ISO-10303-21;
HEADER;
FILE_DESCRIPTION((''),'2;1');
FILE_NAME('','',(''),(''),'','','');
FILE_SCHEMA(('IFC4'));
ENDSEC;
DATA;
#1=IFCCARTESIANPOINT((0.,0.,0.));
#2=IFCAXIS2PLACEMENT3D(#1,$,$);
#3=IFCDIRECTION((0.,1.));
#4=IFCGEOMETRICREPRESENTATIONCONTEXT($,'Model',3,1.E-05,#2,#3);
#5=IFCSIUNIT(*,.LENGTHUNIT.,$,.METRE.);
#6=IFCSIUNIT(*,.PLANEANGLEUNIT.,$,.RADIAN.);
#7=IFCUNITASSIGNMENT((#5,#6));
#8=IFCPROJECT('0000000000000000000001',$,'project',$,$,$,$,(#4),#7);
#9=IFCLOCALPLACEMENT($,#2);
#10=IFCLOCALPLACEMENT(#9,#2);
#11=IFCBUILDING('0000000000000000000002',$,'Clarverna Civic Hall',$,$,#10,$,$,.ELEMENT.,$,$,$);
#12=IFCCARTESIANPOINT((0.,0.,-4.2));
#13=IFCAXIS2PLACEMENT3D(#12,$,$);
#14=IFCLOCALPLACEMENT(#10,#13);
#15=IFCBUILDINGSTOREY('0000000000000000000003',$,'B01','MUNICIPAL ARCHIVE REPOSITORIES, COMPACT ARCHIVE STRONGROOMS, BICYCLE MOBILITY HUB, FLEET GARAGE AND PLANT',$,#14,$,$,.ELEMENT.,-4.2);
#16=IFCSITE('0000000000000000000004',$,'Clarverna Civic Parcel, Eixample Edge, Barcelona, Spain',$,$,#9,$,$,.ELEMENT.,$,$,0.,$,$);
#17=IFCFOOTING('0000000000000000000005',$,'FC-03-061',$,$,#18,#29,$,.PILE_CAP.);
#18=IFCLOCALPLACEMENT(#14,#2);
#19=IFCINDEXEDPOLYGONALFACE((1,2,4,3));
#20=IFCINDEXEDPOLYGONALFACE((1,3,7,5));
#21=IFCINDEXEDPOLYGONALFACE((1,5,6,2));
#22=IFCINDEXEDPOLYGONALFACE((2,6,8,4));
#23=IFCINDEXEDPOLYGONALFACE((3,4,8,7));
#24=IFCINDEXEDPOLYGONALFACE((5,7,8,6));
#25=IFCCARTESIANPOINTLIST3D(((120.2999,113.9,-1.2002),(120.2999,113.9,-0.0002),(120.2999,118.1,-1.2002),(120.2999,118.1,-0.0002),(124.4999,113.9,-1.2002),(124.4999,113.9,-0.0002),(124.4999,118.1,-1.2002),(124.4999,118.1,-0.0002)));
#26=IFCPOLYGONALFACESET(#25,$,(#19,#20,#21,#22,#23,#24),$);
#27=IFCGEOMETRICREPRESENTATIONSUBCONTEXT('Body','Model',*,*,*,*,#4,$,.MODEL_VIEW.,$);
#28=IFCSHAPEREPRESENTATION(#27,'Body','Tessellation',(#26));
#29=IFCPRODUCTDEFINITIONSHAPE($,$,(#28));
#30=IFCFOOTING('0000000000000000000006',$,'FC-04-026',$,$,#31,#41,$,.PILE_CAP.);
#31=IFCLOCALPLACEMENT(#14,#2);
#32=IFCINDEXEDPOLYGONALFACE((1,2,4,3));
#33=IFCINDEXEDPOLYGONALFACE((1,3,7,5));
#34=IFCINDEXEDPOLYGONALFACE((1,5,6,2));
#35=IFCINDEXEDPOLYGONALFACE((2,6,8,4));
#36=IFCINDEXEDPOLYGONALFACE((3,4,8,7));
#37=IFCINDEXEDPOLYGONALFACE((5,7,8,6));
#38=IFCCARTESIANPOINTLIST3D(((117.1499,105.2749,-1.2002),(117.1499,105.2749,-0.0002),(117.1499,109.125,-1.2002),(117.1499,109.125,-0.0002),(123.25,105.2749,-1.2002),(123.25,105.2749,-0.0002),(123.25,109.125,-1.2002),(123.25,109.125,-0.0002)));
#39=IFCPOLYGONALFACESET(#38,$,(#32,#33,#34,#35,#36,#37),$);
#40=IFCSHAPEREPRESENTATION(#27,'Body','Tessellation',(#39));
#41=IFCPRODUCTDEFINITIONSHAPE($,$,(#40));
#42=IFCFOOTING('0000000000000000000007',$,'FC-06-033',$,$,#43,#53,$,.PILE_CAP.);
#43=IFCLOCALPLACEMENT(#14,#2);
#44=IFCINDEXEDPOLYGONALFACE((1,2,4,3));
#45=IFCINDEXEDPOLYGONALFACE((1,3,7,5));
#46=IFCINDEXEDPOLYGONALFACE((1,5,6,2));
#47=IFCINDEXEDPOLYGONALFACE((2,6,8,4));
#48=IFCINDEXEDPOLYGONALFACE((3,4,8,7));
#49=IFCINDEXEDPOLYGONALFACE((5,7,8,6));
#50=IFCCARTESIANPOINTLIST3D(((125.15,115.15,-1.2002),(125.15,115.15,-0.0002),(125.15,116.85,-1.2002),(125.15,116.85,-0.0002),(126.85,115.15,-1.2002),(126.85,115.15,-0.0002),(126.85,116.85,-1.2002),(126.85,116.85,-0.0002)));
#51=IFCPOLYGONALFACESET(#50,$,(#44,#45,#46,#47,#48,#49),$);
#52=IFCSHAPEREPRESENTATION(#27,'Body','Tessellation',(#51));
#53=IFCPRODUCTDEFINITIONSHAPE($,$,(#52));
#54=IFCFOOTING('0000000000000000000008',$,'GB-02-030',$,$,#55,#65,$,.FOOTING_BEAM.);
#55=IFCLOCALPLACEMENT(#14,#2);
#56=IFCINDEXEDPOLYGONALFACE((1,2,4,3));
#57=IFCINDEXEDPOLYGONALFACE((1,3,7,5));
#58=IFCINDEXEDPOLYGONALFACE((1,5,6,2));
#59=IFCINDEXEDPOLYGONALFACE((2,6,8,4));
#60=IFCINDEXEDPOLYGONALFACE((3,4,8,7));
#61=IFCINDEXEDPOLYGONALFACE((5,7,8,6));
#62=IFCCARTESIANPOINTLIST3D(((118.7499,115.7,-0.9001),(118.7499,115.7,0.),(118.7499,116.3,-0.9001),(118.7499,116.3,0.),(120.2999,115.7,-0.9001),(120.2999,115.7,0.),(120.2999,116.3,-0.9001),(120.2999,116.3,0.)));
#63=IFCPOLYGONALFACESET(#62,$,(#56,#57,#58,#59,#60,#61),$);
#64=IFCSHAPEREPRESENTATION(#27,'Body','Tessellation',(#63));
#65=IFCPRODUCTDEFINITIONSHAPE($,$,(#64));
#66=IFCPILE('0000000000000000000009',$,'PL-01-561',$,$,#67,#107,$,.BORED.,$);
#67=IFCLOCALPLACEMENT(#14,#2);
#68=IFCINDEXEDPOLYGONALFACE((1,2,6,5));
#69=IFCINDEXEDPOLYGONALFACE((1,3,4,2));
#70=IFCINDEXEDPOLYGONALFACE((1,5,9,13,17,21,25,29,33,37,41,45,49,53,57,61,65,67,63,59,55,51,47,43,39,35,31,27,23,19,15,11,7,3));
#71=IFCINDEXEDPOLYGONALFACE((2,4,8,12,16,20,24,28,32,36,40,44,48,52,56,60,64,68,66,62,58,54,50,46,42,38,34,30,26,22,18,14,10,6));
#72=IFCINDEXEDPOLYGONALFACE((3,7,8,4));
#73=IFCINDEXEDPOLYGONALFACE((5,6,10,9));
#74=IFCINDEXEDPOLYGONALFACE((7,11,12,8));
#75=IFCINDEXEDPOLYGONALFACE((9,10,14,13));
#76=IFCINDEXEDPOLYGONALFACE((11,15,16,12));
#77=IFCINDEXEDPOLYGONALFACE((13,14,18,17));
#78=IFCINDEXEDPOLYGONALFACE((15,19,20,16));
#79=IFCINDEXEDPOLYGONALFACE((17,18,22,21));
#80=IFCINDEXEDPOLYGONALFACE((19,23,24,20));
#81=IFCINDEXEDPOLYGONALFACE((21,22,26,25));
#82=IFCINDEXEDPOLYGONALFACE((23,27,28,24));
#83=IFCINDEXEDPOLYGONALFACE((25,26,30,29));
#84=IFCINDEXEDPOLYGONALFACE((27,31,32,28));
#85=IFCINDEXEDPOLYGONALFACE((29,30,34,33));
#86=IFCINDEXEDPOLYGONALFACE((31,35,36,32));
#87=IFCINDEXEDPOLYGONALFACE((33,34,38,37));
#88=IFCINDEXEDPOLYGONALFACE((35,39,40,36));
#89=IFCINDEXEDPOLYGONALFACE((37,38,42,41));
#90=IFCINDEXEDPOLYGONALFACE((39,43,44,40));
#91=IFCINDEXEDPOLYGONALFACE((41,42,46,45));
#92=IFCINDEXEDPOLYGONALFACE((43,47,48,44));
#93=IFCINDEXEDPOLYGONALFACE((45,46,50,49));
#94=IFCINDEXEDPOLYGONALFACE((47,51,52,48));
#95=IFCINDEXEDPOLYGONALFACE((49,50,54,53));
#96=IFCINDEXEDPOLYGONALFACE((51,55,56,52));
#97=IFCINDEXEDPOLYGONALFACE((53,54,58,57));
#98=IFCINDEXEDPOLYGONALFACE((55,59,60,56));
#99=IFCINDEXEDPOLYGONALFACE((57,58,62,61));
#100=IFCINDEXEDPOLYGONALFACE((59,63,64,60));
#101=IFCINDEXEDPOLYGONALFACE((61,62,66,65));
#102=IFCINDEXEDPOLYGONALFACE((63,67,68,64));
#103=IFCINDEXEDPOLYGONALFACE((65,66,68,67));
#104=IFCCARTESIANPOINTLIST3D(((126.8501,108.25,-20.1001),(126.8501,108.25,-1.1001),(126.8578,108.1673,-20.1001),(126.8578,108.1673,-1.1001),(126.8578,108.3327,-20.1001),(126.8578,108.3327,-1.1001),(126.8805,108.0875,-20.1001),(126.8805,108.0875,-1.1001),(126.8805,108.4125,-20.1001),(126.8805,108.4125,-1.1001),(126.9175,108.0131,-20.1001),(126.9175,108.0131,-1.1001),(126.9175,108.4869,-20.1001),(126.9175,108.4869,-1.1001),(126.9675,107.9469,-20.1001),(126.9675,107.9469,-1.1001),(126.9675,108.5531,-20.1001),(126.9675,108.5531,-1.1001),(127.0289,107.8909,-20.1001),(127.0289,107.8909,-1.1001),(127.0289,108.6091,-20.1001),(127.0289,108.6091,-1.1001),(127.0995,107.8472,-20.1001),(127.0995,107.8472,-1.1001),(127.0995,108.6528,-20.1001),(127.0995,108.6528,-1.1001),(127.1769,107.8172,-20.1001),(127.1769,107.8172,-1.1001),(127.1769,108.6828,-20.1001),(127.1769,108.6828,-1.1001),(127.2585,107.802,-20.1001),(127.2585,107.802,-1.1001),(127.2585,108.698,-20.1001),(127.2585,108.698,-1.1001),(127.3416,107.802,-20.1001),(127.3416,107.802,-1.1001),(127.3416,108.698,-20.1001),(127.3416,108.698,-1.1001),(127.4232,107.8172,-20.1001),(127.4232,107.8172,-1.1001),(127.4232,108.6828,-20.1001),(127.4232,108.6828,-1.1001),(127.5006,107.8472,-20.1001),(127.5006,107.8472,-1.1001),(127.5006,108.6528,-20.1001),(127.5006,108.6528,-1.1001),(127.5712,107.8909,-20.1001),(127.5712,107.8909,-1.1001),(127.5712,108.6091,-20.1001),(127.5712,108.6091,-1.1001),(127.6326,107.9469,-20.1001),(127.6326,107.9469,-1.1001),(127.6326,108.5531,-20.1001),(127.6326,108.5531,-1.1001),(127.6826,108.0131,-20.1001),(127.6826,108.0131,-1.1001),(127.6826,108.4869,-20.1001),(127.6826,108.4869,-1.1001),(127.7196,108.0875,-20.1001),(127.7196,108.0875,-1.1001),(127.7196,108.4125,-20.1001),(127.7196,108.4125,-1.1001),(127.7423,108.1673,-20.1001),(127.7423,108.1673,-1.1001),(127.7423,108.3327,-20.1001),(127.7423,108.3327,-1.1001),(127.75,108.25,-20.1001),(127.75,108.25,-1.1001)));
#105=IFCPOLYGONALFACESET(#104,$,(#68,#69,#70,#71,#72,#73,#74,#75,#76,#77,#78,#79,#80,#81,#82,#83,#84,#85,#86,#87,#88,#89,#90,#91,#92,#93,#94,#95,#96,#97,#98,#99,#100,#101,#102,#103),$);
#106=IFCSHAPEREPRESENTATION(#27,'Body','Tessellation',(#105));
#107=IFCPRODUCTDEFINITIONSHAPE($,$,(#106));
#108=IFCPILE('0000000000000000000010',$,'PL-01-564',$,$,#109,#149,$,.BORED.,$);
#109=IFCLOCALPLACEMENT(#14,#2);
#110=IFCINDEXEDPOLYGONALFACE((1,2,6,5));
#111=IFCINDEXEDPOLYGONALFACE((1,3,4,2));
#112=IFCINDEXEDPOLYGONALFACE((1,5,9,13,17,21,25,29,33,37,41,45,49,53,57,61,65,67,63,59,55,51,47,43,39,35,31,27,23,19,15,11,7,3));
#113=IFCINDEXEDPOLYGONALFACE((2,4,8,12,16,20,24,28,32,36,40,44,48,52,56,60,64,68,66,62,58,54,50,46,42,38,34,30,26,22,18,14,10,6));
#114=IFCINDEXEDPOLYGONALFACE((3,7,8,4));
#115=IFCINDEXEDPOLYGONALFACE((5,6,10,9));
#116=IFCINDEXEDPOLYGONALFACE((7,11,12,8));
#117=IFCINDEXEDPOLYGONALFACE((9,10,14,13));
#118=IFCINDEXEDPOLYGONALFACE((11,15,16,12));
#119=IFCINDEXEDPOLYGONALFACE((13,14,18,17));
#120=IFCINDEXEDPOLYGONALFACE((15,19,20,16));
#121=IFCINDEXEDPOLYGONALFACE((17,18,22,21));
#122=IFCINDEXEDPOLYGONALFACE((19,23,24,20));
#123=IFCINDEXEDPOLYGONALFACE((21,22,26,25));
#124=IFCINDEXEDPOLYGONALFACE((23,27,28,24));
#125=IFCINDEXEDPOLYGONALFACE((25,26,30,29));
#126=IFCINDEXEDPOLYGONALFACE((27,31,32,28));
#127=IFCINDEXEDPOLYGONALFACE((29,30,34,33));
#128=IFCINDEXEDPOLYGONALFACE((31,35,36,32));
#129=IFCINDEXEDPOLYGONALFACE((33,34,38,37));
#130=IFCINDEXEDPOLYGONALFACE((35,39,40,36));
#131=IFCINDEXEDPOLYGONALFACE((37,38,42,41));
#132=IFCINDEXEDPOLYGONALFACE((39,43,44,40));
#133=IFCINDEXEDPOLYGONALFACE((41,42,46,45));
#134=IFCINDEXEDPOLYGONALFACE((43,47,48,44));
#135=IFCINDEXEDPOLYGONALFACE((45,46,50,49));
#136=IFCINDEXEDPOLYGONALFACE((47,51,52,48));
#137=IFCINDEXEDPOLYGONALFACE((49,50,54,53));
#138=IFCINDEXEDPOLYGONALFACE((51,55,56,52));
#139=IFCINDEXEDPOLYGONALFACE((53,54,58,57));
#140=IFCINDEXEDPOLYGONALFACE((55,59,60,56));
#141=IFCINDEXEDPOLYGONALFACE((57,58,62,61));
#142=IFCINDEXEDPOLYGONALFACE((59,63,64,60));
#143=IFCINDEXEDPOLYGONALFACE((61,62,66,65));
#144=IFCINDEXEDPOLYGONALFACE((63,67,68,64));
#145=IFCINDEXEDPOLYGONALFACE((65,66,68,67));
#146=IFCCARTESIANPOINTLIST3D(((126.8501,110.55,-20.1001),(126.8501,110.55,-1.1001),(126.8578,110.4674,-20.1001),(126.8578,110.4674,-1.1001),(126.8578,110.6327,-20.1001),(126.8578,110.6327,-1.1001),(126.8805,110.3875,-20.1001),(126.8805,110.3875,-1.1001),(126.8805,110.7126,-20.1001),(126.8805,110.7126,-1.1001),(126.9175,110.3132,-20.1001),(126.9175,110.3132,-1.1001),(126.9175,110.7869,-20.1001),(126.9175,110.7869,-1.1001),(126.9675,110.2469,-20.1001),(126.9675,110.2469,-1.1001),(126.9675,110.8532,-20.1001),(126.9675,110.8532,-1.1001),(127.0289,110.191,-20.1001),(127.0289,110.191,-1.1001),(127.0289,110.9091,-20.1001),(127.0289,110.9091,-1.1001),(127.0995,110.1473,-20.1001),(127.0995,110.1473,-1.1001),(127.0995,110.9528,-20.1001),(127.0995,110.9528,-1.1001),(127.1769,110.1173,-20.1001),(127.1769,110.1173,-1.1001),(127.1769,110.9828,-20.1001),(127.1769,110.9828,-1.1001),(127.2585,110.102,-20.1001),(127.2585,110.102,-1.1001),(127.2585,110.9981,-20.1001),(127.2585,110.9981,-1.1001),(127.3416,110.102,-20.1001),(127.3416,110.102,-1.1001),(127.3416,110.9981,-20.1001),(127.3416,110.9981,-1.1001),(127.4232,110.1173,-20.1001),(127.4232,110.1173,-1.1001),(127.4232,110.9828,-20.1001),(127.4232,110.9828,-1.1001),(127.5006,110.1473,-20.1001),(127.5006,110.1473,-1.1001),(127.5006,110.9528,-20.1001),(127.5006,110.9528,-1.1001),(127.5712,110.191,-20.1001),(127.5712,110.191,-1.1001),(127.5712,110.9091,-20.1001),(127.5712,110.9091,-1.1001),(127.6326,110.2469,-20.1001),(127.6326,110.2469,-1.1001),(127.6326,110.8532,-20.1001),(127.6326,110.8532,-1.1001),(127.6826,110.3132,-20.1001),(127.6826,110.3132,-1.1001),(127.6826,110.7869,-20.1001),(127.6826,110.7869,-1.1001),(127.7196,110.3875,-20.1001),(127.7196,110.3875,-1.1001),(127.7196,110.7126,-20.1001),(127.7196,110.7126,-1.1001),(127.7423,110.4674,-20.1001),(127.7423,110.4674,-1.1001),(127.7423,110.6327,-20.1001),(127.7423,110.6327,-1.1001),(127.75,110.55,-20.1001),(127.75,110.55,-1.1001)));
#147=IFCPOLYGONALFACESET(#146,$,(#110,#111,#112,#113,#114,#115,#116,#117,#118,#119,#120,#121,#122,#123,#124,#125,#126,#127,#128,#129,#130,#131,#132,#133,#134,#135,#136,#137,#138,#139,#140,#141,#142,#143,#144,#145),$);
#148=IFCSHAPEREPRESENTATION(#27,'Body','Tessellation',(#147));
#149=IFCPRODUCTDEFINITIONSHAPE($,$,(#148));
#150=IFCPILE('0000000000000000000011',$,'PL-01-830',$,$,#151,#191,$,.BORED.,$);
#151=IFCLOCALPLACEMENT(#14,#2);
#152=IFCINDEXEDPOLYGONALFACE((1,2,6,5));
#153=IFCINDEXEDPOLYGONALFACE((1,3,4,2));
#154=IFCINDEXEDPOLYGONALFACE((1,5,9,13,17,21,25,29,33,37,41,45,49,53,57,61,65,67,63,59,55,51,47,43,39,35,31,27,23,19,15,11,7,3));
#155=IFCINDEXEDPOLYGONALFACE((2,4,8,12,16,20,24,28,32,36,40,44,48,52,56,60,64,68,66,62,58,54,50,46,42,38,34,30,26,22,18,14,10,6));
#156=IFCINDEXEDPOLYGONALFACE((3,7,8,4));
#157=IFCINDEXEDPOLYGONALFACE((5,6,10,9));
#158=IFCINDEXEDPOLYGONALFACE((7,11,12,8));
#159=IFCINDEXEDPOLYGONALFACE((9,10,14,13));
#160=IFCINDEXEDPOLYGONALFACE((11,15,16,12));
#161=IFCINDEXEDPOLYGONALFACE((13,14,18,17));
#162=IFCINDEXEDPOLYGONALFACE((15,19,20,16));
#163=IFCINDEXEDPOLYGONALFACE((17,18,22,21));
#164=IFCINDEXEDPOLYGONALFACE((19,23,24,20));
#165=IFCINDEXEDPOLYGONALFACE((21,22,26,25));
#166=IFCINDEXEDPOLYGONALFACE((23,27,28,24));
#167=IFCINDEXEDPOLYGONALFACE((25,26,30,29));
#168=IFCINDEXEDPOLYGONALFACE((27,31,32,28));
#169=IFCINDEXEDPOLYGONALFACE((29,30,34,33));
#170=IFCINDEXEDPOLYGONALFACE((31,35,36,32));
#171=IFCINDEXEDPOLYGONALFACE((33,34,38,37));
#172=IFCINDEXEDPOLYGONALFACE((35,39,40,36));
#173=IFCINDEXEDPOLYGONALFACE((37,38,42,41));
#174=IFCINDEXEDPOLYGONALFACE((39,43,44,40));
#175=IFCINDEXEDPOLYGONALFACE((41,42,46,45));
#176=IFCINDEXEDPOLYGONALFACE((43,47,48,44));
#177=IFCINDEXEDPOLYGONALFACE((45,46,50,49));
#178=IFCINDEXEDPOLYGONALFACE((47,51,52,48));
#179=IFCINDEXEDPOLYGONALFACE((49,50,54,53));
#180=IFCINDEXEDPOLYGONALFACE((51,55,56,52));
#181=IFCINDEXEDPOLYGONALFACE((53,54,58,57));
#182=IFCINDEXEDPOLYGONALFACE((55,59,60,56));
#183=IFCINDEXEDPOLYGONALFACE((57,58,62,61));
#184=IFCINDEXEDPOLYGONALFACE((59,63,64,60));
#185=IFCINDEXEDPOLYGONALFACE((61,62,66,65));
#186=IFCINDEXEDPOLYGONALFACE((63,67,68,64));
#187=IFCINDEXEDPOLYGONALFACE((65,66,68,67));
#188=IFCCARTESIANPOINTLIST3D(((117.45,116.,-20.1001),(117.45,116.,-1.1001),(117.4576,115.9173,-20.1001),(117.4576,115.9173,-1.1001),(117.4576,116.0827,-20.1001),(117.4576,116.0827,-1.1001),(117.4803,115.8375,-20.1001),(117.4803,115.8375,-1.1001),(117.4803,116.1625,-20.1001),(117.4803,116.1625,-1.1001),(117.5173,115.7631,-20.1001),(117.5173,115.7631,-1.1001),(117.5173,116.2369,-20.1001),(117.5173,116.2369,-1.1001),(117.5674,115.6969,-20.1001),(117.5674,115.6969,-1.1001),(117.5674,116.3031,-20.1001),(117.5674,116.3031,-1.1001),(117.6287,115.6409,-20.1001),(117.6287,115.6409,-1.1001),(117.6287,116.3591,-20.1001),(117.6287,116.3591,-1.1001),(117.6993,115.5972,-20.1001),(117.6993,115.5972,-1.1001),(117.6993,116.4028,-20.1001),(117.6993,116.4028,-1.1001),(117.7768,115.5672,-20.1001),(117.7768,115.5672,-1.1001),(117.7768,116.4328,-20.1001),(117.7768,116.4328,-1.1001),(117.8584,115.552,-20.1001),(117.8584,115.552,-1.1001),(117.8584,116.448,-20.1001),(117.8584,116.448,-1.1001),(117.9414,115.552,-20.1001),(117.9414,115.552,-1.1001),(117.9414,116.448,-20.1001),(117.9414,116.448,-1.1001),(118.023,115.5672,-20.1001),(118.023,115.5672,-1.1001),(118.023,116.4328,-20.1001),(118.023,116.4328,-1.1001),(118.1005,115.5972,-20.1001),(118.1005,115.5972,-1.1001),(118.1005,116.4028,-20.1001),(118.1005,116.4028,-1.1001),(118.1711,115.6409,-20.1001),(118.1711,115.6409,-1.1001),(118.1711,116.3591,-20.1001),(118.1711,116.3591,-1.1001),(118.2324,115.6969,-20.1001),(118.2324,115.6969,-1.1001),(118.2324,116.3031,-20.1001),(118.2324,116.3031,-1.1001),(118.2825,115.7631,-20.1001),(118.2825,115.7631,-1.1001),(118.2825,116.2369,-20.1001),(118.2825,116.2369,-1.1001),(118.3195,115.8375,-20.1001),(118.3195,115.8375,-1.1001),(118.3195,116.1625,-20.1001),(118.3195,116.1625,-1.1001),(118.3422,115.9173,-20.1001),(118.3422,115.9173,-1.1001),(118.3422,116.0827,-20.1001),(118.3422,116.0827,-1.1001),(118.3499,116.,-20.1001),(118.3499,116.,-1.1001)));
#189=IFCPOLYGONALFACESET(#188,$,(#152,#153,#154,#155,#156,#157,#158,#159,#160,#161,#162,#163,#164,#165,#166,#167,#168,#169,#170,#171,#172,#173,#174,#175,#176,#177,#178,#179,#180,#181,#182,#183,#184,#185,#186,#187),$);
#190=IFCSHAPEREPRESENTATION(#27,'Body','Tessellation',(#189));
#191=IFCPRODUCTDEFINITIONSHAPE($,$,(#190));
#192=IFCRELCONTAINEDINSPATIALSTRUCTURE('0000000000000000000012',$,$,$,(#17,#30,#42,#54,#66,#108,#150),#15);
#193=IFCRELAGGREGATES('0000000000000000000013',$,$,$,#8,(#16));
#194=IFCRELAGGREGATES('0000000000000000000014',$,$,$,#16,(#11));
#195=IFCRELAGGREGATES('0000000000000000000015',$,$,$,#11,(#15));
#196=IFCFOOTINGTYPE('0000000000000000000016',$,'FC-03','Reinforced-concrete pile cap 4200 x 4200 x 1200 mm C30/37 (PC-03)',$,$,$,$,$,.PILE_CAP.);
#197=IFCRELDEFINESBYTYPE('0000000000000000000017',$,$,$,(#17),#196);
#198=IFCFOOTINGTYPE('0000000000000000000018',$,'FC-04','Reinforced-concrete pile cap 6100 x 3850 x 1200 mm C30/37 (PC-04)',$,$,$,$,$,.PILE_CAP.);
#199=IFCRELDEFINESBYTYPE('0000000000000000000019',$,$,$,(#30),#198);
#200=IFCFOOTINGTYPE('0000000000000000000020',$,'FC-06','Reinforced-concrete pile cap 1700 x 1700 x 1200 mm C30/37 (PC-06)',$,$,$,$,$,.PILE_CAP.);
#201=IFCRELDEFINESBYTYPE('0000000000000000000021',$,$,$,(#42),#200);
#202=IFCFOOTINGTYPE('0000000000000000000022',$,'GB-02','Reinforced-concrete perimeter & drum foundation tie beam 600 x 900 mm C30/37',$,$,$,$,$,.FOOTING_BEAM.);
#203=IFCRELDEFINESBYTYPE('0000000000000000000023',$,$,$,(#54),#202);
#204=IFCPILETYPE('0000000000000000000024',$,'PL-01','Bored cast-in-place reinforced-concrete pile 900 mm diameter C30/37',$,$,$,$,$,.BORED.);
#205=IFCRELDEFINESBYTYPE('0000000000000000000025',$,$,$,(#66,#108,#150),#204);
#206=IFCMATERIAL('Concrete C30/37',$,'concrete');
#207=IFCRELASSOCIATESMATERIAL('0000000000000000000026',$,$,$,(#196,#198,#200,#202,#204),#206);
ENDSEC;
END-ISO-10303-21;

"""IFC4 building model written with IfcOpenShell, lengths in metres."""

from ifc_helpers import new_model, si_unit, direction, frame, frame_2d, origin, origin_2d, place, context, subcontext, project, spatial, rectangle, circle, extrude, material, material_profile, profile_set, type_object, element, save


model = new_model("IFC4")

# Units and contexts
model_context = context("Model", 3, precision=1e-05, world=origin(), true_north=direction((0.0, 1.0)))
body_context = subcontext(model_context, "Body", "Model", "MODEL_VIEW")
ifc_project = project(units=[si_unit("LENGTHUNIT", "METRE"), si_unit("PLANEANGLEUNIT", "RADIAN")], contexts=[model_context])

# Site, building, storey
site_placement = place(None, origin())
site = spatial("IfcSite", under=ifc_project, at=site_placement, Name="Clarverna Civic Parcel, Eixample Edge, Barcelona, Spain", CompositionType="ELEMENT", RefElevation=0.0)
building_placement = place(site_placement, origin())
building = spatial("IfcBuilding", under=site, at=building_placement, Name="Clarverna Civic Hall", CompositionType="ELEMENT")
storey_placement = place(building_placement, frame((0.0, 0.0, -4.2)))
storey = spatial("IfcBuildingStorey", under=building, at=storey_placement, Name="B01", Description="MUNICIPAL ARCHIVE REPOSITORIES, COMPACT ARCHIVE STRONGROOMS, BICYCLE MOBILITY HUB, FLEET GARAGE AND PLANT", CompositionType="ELEMENT", Elevation=-4.2)

# Footings
ifc_material_1 = material(Name="Concrete C30/37", Category="concrete")
footing_type_1 = type_object("IfcFootingType", Name="FC-03", Description="Reinforced-concrete pile cap 4200 x 4200 x 1200 mm C30/37 (PC-03)", PredefinedType="PILE_CAP", material=ifc_material_1)
footing_1_placement = place(storey_placement, frame((122.3999, 116.0, -1.2002), z_axis=(0.0, 0.0, 1.0), x_axis=(1.0, 0.0, 0.0)))
element("IfcFooting", 1, at=footing_1_placement, inside=storey, type_object=footing_type_1, Name="FC-03-061", PredefinedType="PILE_CAP", context=body_context, shape_type="SweptSolid", body=[
    extrude(rectangle(XDim=4.2, YDim=4.2, at=origin_2d()), origin(), (0.0, 0.0, 1.0), 1.2),
])
footing_type_2 = type_object("IfcFootingType", Name="FC-04", Description="Reinforced-concrete pile cap 6100 x 3850 x 1200 mm C30/37 (PC-04)", PredefinedType="PILE_CAP", material=ifc_material_1)
footing_2_placement = place(storey_placement, frame((120.2, 107.2, -1.2002), z_axis=(0.0, 0.0, 1.0), x_axis=(1.0, 0.0, 0.0)))
element("IfcFooting", 2, at=footing_2_placement, inside=storey, type_object=footing_type_2, Name="FC-04-026", PredefinedType="PILE_CAP", context=body_context, shape_type="SweptSolid", body=[
    extrude(rectangle(XDim=6.1001, YDim=3.8501, at=origin_2d()), origin(), (0.0, 0.0, 1.0), 1.2),
])
footing_type_3 = type_object("IfcFootingType", Name="FC-06", Description="Reinforced-concrete pile cap 1700 x 1700 x 1200 mm C30/37 (PC-06)", PredefinedType="PILE_CAP", material=ifc_material_1)
footing_3_placement = place(storey_placement, frame((126.0, 116.0, -1.2002), z_axis=(0.0, 0.0, 1.0), x_axis=(1.0, 0.0, 0.0)))
element("IfcFooting", 3, at=footing_3_placement, inside=storey, type_object=footing_type_3, Name="FC-06-033", PredefinedType="PILE_CAP", context=body_context, shape_type="SweptSolid", body=[
    extrude(rectangle(XDim=1.7, YDim=1.7, at=origin_2d()), origin(), (0.0, 0.0, 1.0), 1.2),
])
footing_type_4 = type_object("IfcFootingType", Name="GB-02", Description="Reinforced-concrete perimeter & drum foundation tie beam 600 x 900 mm C30/37", PredefinedType="FOOTING_BEAM", material=ifc_material_1)
footing_4_placement = place(storey_placement, frame((118.75, 116.0, -0.9001), z_axis=(0.0, 0.0, 1.0), x_axis=(1.0, 0.0, 0.0)))
element("IfcFooting", 4, at=footing_4_placement, inside=storey, type_object=footing_type_4, Name="GB-02-030", PredefinedType="FOOTING_BEAM", context=body_context, shape_type="SweptSolid", body=[
    extrude(rectangle(XDim=1.55, YDim=0.6001, at=frame_2d((0.7749, 0.0))), origin(), (0.0, 0.0, 1.0), 0.9001),
])

# Piles
ifc_material_profile_1 = material_profile(ifc_material_1, circle(Radius=0.45, at=origin_2d()), Name="BORED PILE D900")
ifc_profile_set_1 = profile_set([ifc_material_profile_1], Name="Concrete C30/37")
pile_type_1 = type_object("IfcPileType", Name="PL-01", Description="Bored cast-in-place reinforced-concrete pile 900 mm diameter C30/37", PredefinedType="BORED", material=ifc_profile_set_1)
for number, where, z_axis, x_axis, name in (
    (5, (127.3, 108.25, -1.1001), (0.0, 0.0, -1.0), (1.0, 0.0, 0.0), "PL-01-561"),
    (6, (127.3, 110.55, -1.1001), (0.0, 0.0, -1.0), (1.0, 0.0, 0.0), "PL-01-564"),
    (7, (117.8999, 116.0, -1.1001), (0.0, 0.0, -1.0), (1.0, 0.0, 0.0), "PL-01-830"),
):
    element("IfcPile", number, at=place(storey_placement, frame(where, z_axis=z_axis, x_axis=x_axis)), inside=storey, type_object=pile_type_1, Name=name, PredefinedType="BORED", context=body_context, shape_type="SweptSolid", body=[
        extrude(circle(Radius=0.45, at=origin_2d()), origin(), (0.0, 0.0, 1.0), 19.0),
    ])

save(model, "model.ifc")
